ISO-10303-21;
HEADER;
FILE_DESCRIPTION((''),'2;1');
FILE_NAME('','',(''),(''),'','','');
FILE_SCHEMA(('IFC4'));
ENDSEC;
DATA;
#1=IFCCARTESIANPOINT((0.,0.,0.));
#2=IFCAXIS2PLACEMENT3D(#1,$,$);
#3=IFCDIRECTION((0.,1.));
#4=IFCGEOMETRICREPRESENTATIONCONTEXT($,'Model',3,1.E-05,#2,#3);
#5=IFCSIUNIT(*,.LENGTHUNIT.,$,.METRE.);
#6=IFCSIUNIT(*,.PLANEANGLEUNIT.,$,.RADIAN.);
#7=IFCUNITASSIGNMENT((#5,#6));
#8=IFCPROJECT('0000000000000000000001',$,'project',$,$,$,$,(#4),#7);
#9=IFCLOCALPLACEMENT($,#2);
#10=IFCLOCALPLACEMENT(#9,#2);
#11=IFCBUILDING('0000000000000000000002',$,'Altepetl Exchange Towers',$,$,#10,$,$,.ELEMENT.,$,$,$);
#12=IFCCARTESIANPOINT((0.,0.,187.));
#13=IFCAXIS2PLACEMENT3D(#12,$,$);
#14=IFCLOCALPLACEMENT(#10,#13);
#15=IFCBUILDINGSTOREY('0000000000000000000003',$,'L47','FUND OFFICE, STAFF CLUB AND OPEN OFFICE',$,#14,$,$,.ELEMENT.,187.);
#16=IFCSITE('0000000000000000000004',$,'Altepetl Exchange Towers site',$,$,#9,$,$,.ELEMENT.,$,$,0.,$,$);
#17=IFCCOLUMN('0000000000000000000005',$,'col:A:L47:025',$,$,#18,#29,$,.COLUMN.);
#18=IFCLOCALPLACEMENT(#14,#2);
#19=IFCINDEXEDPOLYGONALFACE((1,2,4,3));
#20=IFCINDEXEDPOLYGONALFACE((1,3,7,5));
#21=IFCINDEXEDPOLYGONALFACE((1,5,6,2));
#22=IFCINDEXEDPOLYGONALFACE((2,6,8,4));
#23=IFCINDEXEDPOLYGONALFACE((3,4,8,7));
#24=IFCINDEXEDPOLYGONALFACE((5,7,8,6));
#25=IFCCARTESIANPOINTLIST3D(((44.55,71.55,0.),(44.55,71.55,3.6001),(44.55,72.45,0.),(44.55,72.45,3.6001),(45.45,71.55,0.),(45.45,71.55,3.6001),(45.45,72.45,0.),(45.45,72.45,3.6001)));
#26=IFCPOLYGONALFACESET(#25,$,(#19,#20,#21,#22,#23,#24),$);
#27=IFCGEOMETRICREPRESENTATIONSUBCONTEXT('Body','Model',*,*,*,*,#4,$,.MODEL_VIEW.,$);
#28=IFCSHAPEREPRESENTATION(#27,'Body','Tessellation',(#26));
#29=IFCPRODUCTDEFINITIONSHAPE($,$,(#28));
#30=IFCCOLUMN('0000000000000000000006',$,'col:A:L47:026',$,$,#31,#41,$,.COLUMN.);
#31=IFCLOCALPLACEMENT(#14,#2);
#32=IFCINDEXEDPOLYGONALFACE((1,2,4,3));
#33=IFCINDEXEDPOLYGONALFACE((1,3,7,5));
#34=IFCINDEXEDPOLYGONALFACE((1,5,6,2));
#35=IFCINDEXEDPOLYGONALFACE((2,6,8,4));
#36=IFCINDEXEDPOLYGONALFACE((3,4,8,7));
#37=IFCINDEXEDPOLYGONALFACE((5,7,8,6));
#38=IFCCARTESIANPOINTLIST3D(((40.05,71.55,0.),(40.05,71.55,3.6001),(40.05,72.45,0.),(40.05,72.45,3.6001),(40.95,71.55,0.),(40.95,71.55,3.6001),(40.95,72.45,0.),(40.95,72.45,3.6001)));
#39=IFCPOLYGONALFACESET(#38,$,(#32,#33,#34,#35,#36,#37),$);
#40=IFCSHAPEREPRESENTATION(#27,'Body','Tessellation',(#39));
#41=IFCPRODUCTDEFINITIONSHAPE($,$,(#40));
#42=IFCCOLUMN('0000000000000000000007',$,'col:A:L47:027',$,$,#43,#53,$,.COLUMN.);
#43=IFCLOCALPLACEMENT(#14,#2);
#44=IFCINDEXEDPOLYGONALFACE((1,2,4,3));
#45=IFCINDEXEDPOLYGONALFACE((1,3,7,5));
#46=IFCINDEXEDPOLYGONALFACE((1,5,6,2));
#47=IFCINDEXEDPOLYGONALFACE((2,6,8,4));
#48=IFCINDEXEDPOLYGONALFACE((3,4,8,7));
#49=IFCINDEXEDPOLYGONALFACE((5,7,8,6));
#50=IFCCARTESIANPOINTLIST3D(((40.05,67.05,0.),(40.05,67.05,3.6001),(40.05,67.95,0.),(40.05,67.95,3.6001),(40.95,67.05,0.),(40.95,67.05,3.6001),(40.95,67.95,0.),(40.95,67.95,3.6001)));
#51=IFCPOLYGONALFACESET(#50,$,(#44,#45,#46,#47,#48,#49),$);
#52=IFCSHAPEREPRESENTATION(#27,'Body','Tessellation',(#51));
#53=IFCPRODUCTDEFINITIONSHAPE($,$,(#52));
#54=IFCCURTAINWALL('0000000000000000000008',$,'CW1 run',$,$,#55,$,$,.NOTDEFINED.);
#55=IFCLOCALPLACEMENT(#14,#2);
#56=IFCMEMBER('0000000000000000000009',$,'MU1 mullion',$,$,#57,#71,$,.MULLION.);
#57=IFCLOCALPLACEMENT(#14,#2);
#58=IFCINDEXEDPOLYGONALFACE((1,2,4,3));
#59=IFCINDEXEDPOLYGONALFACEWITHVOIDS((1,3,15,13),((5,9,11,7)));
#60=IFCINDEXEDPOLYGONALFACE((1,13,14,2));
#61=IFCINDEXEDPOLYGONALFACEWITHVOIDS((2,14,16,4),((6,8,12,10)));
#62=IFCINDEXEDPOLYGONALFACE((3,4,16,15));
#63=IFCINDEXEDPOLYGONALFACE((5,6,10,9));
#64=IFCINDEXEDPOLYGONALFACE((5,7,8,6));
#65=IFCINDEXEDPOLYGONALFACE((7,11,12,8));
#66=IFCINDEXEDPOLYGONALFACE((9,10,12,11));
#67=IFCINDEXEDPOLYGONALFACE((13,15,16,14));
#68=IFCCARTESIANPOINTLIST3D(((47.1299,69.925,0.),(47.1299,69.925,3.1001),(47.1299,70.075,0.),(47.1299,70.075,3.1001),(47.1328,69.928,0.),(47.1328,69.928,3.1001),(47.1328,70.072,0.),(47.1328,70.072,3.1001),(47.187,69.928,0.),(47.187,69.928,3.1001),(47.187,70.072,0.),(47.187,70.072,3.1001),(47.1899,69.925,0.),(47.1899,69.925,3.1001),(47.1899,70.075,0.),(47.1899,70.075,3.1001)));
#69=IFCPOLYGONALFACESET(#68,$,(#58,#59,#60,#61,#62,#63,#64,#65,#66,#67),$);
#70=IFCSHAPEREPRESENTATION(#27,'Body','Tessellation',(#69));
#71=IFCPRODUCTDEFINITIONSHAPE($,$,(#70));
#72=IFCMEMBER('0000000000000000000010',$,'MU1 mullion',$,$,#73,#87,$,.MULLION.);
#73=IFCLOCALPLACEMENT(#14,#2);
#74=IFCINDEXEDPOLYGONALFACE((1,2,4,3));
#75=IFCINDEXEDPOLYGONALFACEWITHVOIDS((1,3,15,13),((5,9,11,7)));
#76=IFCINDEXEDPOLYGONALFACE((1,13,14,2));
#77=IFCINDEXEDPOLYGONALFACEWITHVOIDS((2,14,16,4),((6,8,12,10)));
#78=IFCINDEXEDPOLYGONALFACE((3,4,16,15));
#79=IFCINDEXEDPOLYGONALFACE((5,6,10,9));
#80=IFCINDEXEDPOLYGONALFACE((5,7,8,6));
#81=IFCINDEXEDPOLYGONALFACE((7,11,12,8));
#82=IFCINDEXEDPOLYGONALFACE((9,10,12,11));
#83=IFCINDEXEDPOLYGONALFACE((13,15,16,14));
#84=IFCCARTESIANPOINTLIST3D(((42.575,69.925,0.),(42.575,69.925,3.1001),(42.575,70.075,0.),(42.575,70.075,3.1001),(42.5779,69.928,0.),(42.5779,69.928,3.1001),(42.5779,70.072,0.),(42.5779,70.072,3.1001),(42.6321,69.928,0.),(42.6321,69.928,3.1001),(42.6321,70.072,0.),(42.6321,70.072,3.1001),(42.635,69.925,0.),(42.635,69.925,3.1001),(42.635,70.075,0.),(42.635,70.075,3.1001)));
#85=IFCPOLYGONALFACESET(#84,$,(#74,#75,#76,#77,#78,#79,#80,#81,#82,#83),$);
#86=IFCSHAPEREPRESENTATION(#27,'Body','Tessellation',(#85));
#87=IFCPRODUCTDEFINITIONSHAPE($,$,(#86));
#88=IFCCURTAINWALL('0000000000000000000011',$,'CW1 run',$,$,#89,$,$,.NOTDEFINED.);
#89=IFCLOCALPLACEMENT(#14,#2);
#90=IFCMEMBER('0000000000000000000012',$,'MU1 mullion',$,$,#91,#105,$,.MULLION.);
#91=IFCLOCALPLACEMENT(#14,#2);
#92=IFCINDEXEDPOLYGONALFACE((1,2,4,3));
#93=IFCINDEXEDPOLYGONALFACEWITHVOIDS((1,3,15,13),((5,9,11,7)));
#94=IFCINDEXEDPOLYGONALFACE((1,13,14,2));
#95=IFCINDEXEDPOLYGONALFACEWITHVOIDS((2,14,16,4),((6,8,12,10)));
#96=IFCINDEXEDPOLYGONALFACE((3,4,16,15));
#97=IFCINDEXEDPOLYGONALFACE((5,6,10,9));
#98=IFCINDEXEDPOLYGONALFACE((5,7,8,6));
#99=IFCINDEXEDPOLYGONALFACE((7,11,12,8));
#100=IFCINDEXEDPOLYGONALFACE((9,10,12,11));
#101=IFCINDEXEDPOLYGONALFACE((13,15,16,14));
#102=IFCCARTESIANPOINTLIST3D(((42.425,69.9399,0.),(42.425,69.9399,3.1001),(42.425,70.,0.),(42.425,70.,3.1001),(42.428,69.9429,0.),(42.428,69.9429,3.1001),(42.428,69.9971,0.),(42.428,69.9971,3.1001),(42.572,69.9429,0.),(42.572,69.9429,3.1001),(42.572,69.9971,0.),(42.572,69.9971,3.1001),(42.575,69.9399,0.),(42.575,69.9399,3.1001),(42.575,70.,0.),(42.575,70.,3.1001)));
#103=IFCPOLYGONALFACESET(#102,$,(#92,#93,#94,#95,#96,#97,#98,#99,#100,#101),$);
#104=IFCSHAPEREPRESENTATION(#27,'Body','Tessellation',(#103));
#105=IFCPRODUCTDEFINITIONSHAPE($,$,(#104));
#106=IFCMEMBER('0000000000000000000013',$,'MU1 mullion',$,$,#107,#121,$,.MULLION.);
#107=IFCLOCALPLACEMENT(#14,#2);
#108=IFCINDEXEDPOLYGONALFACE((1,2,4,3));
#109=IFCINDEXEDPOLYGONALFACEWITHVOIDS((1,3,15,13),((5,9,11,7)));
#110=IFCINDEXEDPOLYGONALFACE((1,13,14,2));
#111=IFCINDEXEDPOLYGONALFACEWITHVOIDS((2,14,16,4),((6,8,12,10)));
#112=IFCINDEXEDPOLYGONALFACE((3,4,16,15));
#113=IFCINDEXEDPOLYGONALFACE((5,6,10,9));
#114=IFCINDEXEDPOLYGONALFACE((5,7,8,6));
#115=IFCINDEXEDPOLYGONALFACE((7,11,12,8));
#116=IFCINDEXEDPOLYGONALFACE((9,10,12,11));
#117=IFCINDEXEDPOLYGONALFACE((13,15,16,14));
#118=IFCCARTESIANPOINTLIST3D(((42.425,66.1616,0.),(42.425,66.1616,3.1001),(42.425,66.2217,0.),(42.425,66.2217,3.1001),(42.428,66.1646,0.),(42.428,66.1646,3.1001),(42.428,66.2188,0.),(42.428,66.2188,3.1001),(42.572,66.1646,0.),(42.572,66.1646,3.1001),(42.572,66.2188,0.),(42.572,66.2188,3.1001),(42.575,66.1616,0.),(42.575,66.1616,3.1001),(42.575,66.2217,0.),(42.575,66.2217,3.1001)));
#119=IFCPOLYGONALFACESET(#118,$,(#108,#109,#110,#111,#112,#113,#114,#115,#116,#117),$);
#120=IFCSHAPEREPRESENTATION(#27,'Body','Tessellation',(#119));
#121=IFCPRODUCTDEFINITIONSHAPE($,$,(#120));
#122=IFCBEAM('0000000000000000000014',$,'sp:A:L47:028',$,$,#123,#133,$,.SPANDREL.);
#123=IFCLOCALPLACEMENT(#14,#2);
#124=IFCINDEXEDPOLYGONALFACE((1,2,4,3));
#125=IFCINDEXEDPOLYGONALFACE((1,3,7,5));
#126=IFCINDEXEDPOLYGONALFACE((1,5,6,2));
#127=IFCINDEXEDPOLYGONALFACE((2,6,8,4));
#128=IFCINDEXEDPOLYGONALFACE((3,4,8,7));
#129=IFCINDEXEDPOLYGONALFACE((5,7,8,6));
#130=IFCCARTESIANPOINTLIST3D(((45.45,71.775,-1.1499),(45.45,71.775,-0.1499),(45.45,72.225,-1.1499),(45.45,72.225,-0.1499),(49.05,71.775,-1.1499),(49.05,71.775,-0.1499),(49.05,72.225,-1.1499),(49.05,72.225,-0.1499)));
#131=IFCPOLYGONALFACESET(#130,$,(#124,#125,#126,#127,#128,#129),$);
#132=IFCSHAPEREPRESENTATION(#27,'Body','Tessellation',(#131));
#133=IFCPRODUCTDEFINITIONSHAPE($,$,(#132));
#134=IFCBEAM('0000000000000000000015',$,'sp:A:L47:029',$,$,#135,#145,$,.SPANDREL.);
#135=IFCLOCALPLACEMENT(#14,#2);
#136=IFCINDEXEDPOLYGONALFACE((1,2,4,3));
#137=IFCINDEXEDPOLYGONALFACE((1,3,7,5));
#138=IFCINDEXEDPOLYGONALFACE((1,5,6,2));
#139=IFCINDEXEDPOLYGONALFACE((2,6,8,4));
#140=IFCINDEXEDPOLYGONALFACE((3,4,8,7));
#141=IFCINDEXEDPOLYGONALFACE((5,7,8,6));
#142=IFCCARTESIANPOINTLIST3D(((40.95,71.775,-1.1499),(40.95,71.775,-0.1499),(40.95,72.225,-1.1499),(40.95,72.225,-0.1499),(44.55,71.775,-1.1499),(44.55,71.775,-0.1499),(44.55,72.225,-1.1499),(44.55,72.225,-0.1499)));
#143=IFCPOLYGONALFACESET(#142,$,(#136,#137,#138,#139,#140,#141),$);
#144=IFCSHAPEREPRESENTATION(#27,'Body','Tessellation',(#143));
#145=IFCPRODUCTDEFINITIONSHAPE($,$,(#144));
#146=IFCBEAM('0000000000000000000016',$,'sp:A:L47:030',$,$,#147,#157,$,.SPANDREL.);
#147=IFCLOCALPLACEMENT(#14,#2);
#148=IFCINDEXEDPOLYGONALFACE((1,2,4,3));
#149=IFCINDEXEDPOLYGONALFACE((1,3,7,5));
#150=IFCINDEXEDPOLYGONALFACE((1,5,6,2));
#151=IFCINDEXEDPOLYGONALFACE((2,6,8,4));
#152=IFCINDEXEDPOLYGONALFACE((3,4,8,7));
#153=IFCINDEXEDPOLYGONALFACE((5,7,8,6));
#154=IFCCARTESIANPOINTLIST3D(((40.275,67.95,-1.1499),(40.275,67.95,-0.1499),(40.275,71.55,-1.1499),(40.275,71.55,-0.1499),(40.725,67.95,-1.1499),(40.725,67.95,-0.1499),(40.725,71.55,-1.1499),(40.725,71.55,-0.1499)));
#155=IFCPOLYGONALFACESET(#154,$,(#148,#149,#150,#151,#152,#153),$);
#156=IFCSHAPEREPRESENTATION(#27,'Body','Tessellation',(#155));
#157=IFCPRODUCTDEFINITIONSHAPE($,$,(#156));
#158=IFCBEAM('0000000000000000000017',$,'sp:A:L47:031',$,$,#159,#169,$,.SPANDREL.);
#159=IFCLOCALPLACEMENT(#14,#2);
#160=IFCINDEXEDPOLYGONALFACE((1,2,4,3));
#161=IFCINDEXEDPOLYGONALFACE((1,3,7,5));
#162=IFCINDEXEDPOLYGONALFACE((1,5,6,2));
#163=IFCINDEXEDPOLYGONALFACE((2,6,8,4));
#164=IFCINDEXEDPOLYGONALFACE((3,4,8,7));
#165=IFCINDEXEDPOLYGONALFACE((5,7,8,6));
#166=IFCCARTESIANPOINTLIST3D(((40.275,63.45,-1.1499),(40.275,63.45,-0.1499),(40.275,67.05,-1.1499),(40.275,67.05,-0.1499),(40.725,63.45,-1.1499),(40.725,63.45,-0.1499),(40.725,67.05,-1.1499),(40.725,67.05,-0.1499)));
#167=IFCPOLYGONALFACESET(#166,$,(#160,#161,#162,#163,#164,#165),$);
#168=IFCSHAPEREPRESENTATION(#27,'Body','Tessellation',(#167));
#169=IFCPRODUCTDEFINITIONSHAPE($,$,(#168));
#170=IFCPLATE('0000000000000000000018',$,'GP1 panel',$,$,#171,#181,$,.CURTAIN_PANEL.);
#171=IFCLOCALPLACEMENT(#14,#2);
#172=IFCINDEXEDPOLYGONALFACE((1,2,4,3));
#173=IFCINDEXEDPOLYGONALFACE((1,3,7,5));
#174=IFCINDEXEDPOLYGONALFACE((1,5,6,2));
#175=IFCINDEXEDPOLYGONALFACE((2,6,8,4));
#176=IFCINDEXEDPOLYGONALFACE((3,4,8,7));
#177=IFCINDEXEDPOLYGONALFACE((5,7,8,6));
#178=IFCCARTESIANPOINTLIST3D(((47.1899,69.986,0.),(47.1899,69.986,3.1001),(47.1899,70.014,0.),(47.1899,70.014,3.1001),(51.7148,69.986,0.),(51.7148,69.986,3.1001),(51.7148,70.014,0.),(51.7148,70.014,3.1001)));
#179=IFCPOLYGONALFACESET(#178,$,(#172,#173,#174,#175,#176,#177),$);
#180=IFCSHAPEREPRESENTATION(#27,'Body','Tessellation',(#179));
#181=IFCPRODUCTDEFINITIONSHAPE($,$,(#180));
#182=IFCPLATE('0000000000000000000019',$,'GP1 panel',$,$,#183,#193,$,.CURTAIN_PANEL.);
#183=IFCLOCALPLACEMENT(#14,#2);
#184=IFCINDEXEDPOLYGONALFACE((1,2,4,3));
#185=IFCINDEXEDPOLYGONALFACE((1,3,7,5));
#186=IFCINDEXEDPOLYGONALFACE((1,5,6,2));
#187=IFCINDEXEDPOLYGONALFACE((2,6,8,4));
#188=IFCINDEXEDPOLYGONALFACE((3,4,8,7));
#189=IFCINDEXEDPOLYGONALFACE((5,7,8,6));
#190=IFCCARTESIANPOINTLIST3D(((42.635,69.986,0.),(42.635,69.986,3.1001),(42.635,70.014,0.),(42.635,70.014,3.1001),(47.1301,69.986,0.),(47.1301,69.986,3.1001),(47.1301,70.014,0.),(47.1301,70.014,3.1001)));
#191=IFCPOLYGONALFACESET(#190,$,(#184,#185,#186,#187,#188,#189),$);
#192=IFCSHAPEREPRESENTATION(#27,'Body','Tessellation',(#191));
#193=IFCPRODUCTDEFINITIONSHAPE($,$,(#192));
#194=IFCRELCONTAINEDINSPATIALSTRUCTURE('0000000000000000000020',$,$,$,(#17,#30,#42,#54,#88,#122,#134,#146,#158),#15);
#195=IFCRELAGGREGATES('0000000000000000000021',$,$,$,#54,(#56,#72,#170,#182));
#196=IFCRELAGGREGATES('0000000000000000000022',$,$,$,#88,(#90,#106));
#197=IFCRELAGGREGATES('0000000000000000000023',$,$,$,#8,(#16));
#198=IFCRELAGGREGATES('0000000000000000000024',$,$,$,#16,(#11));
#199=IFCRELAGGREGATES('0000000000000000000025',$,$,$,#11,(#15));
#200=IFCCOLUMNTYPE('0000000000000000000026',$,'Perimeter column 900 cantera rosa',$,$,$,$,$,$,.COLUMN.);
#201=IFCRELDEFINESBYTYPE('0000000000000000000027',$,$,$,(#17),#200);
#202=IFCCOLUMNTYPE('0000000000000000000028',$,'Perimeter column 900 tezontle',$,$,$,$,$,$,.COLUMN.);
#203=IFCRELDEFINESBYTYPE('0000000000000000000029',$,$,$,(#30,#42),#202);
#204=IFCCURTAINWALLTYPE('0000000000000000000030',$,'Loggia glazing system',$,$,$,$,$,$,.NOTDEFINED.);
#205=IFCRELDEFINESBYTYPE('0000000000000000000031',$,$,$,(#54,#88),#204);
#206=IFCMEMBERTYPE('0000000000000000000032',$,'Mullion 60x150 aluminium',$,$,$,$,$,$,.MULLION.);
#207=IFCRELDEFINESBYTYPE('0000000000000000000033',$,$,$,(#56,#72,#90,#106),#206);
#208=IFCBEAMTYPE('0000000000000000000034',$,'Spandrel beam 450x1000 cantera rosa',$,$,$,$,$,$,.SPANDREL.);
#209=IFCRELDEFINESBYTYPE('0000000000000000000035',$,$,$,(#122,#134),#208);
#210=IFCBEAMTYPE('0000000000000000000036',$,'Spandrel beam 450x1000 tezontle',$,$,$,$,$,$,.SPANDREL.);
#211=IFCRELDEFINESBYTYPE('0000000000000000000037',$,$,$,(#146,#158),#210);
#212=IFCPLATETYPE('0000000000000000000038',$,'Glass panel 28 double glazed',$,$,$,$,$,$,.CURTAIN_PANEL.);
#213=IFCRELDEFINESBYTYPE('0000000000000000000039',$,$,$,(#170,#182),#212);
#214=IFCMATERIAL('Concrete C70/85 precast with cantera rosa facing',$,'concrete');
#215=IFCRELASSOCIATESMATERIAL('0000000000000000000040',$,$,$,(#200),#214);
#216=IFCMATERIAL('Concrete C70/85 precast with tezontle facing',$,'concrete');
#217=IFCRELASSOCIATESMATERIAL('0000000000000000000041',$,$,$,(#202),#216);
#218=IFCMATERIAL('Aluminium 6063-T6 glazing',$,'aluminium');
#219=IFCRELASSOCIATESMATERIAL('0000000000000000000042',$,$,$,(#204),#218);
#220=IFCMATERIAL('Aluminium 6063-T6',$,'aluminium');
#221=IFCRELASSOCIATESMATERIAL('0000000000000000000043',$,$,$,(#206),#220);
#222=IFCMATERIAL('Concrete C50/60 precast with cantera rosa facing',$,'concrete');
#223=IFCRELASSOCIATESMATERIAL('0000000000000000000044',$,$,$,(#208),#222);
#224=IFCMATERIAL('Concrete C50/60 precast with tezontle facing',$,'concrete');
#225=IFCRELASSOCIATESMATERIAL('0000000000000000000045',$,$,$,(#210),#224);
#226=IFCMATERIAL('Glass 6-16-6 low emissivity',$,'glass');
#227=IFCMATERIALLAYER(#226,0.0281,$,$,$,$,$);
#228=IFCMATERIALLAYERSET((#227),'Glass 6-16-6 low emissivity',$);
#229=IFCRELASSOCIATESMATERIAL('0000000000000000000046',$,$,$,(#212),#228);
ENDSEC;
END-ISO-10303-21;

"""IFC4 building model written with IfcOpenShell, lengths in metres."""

from ifc_helpers import new_model, si_unit, direction, frame, origin, origin_2d, place, context, subcontext, project, spatial, rectangle, hollow_rectangle, extrude, material, layer, layer_set, material_profile, profile_set, type_object, element, aggregate, save


model = new_model("IFC4")

# Units and contexts
model_context = context("Model", 3, precision=1e-05, world=origin(), true_north=direction((0.0, 1.0)))
body_context = subcontext(model_context, "Body", "Model", "MODEL_VIEW")
ifc_project = project(units=[si_unit("LENGTHUNIT", "METRE"), si_unit("PLANEANGLEUNIT", "RADIAN")], contexts=[model_context])

# Site, building, storey
site_placement = place(None, origin())
site = spatial("IfcSite", under=ifc_project, at=site_placement, Name="Altepetl Exchange Towers site", CompositionType="ELEMENT", RefElevation=0.0)
building_placement = place(site_placement, origin())
building = spatial("IfcBuilding", under=site, at=building_placement, Name="Altepetl Exchange Towers", CompositionType="ELEMENT")
storey_placement = place(building_placement, frame((0.0, 0.0, 187.0)))
storey = spatial("IfcBuildingStorey", under=building, at=storey_placement, Name="L47", Description="FUND OFFICE, STAFF CLUB AND OPEN OFFICE", CompositionType="ELEMENT", Elevation=187.0)

# Columns
ifc_material_1 = material(Name="Concrete C70/85 precast with cantera rosa facing", Category="concrete")
ifc_material_profile_1 = material_profile(ifc_material_1, rectangle(XDim=0.8999, YDim=0.8999, at=origin_2d()), Name="900 x 900")
ifc_profile_set_1 = profile_set([ifc_material_profile_1], Name="Concrete C70/85 precast with cantera rosa facing")
column_type_1 = type_object("IfcColumnType", Name="Perimeter column 900 cantera rosa", PredefinedType="COLUMN", material=ifc_profile_set_1)
column_placement = place(storey_placement, frame((45.0, 72.0, 0.0)))
element("IfcColumn", 1, at=column_placement, inside=storey, type_object=column_type_1, Name="col:A:L47:025", PredefinedType="COLUMN", context=body_context, shape_type="SweptSolid", body=[
    extrude(rectangle(XDim=0.8999, YDim=0.8999, at=origin_2d()), origin(), (0.0, 0.0, 1.0), 3.6001),
])
ifc_material_2 = material(Name="Concrete C70/85 precast with tezontle facing", Category="concrete")
ifc_material_profile_2 = material_profile(ifc_material_2, rectangle(XDim=0.8999, YDim=0.8999, at=origin_2d()), Name="900 x 900")
ifc_profile_set_2 = profile_set([ifc_material_profile_2], Name="Concrete C70/85 precast with tezontle facing")
column_type_2 = type_object("IfcColumnType", Name="Perimeter column 900 tezontle", PredefinedType="COLUMN", material=ifc_profile_set_2)
for number, where, name in (
    (2, (40.5, 72.0, 0.0), "col:A:L47:026"),
    (3, (40.5, 67.5, 0.0), "col:A:L47:027"),
):
    element("IfcColumn", number, at=place(storey_placement, frame(where)), inside=storey, type_object=column_type_2, Name=name, PredefinedType="COLUMN", context=body_context, shape_type="SweptSolid", body=[
        extrude(rectangle(XDim=0.8999, YDim=0.8999, at=origin_2d()), origin(), (0.0, 0.0, 1.0), 3.6001),
    ])

# Curtain walls, members
ifc_material_3 = material(Name="Aluminium 6063-T6 glazing", Category="aluminium")
curtain_wall_type = type_object("IfcCurtainWallType", Name="Loggia glazing system", PredefinedType="NOTDEFINED", material=ifc_material_3)
curtain_wall_1_placement = place(storey_placement, origin())
curtain_wall_1 = element("IfcCurtainWall", 4, at=curtain_wall_1_placement, inside=storey, type_object=curtain_wall_type, Name="CW1 run", PredefinedType="NOTDEFINED")
ifc_material_4 = material(Name="Aluminium 6063-T6", Category="aluminium")
ifc_material_profile_3 = material_profile(ifc_material_4, hollow_rectangle(XDim=0.0601, YDim=0.1499, WallThickness=0.0029, at=origin_2d()), Name="Mullion 60x150 aluminium")
ifc_profile_set_3 = profile_set([ifc_material_profile_3], Name="Aluminium 6063-T6")
member_type = type_object("IfcMemberType", Name="Mullion 60x150 aluminium", PredefinedType="MULLION", material=ifc_profile_set_3)
member_1_placement = place(storey_placement, frame((47.1599, 70.0, 0.0), z_axis=(0.0, 0.0, 1.0), x_axis=(-1.0, 0.0, 0.0)))
member_1 = element("IfcMember", 5, at=member_1_placement, type_object=member_type, Name="MU1 mullion", PredefinedType="MULLION", context=body_context, shape_type="SweptSolid", body=[
    extrude(hollow_rectangle(XDim=0.0601, YDim=0.1499, WallThickness=0.0029, at=origin_2d()), origin(), (0.0, 0.0, 1.0), 3.1001),
])
member_2_placement = place(storey_placement, frame((42.605, 70.0, 0.0), z_axis=(0.0, 0.0, 1.0), x_axis=(-1.0, 0.0, 0.0)))
member_2 = element("IfcMember", 6, at=member_2_placement, type_object=member_type, Name="MU1 mullion", PredefinedType="MULLION", context=body_context, shape_type="SweptSolid", body=[
    extrude(hollow_rectangle(XDim=0.0601, YDim=0.1499, WallThickness=0.0029, at=origin_2d()), origin(), (0.0, 0.0, 1.0), 3.1001),
])
curtain_wall_2_placement = place(storey_placement, origin())
curtain_wall_2 = element("IfcCurtainWall", 7, at=curtain_wall_2_placement, inside=storey, type_object=curtain_wall_type, Name="CW1 run", PredefinedType="NOTDEFINED")
member_3_placement = place(storey_placement, frame((42.5, 69.97, 0.0), z_axis=(0.0, 0.0, 1.0), x_axis=(0.0, -1.0, 0.0)))
member_3 = element("IfcMember", 8, at=member_3_placement, type_object=member_type, Name="MU1 mullion", PredefinedType="MULLION", context=body_context, shape_type="SweptSolid", body=[
    extrude(hollow_rectangle(XDim=0.0601, YDim=0.1499, WallThickness=0.0029, at=origin_2d()), origin(), (0.0, 0.0, 1.0), 3.1001),
])
member_4_placement = place(storey_placement, frame((42.5, 66.1917, 0.0), z_axis=(0.0, 0.0, 1.0), x_axis=(0.0, -1.0, 0.0)))
member_4 = element("IfcMember", 9, at=member_4_placement, type_object=member_type, Name="MU1 mullion", PredefinedType="MULLION", context=body_context, shape_type="SweptSolid", body=[
    extrude(hollow_rectangle(XDim=0.0601, YDim=0.1499, WallThickness=0.0029, at=origin_2d()), origin(), (0.0, 0.0, 1.0), 3.1001),
])

# Beams
ifc_material_5 = material(Name="Concrete C50/60 precast with cantera rosa facing", Category="concrete")
ifc_material_profile_4 = material_profile(ifc_material_5, rectangle(XDim=0.45, YDim=1.0, at=origin_2d()), Name="450 x 1000")
ifc_profile_set_4 = profile_set([ifc_material_profile_4], Name="Concrete C50/60 precast with cantera rosa facing")
beam_type_1 = type_object("IfcBeamType", Name="Spandrel beam 450x1000 cantera rosa", PredefinedType="SPANDREL", material=ifc_profile_set_4)
for number, where, z_axis, x_axis, name in (
    (10, (49.05, 72.0, -0.6499), (-1.0, 0.0, 0.0), (0.0, -1.0, 0.0), "sp:A:L47:028"),
    (11, (44.55, 72.0, -0.6499), (-1.0, 0.0, 0.0), (0.0, -1.0, 0.0), "sp:A:L47:029"),
):
    element("IfcBeam", number, at=place(storey_placement, frame(where, z_axis=z_axis, x_axis=x_axis)), inside=storey, type_object=beam_type_1, Name=name, PredefinedType="SPANDREL", context=body_context, shape_type="SweptSolid", body=[
        extrude(rectangle(XDim=0.45, YDim=1.0, at=origin_2d()), origin(), (0.0, 0.0, 1.0), 3.6001),
    ])
ifc_material_6 = material(Name="Concrete C50/60 precast with tezontle facing", Category="concrete")
ifc_material_profile_5 = material_profile(ifc_material_6, rectangle(XDim=0.45, YDim=1.0, at=origin_2d()), Name="450 x 1000")
ifc_profile_set_5 = profile_set([ifc_material_profile_5], Name="Concrete C50/60 precast with tezontle facing")
beam_type_2 = type_object("IfcBeamType", Name="Spandrel beam 450x1000 tezontle", PredefinedType="SPANDREL", material=ifc_profile_set_5)
for number, where, z_axis, x_axis, name in (
    (12, (40.5, 71.55, -0.6499), (0.0, -1.0, 0.0), (1.0, 0.0, 0.0), "sp:A:L47:030"),
    (13, (40.5, 67.05, -0.6499), (0.0, -1.0, 0.0), (1.0, 0.0, 0.0), "sp:A:L47:031"),
):
    element("IfcBeam", number, at=place(storey_placement, frame(where, z_axis=z_axis, x_axis=x_axis)), inside=storey, type_object=beam_type_2, Name=name, PredefinedType="SPANDREL", context=body_context, shape_type="SweptSolid", body=[
        extrude(rectangle(XDim=0.45, YDim=1.0, at=origin_2d()), origin(), (0.0, 0.0, 1.0), 3.6001),
    ])

# Plates
ifc_material_7 = material(Name="Glass 6-16-6 low emissivity", Category="glass")
ifc_layer = layer(ifc_material_7, 0.0281)
ifc_layer_set = layer_set([ifc_layer], Name="Glass 6-16-6 low emissivity")
plate_type = type_object("IfcPlateType", Name="Glass panel 28 double glazed", PredefinedType="CURTAIN_PANEL", material=ifc_layer_set)
plate_1_placement = place(storey_placement, frame((49.4524, 70.0, 0.0), z_axis=(0.0, 0.0, 1.0), x_axis=(-1.0, 0.0, 0.0)))
plate_1 = element("IfcPlate", 14, at=plate_1_placement, type_object=plate_type, Name="GP1 panel", PredefinedType="CURTAIN_PANEL", context=body_context, shape_type="SweptSolid", body=[
    extrude(rectangle(XDim=4.5249, YDim=0.0281, at=origin_2d()), origin(), (0.0, 0.0, 1.0), 3.1001),
])
plate_2_placement = place(storey_placement, frame((44.8826, 70.0, 0.0), z_axis=(0.0, 0.0, 1.0), x_axis=(-1.0, 0.0, 0.0)))
plate_2 = element("IfcPlate", 15, at=plate_2_placement, type_object=plate_type, Name="GP1 panel", PredefinedType="CURTAIN_PANEL", context=body_context, shape_type="SweptSolid", body=[
    extrude(rectangle(XDim=4.4951, YDim=0.0281, at=origin_2d()), origin(), (0.0, 0.0, 1.0), 3.1001),
])
aggregate(curtain_wall_1, [member_1, member_2, plate_1, plate_2])
aggregate(curtain_wall_2, [member_3, member_4])

save(model, "model.ifc")
